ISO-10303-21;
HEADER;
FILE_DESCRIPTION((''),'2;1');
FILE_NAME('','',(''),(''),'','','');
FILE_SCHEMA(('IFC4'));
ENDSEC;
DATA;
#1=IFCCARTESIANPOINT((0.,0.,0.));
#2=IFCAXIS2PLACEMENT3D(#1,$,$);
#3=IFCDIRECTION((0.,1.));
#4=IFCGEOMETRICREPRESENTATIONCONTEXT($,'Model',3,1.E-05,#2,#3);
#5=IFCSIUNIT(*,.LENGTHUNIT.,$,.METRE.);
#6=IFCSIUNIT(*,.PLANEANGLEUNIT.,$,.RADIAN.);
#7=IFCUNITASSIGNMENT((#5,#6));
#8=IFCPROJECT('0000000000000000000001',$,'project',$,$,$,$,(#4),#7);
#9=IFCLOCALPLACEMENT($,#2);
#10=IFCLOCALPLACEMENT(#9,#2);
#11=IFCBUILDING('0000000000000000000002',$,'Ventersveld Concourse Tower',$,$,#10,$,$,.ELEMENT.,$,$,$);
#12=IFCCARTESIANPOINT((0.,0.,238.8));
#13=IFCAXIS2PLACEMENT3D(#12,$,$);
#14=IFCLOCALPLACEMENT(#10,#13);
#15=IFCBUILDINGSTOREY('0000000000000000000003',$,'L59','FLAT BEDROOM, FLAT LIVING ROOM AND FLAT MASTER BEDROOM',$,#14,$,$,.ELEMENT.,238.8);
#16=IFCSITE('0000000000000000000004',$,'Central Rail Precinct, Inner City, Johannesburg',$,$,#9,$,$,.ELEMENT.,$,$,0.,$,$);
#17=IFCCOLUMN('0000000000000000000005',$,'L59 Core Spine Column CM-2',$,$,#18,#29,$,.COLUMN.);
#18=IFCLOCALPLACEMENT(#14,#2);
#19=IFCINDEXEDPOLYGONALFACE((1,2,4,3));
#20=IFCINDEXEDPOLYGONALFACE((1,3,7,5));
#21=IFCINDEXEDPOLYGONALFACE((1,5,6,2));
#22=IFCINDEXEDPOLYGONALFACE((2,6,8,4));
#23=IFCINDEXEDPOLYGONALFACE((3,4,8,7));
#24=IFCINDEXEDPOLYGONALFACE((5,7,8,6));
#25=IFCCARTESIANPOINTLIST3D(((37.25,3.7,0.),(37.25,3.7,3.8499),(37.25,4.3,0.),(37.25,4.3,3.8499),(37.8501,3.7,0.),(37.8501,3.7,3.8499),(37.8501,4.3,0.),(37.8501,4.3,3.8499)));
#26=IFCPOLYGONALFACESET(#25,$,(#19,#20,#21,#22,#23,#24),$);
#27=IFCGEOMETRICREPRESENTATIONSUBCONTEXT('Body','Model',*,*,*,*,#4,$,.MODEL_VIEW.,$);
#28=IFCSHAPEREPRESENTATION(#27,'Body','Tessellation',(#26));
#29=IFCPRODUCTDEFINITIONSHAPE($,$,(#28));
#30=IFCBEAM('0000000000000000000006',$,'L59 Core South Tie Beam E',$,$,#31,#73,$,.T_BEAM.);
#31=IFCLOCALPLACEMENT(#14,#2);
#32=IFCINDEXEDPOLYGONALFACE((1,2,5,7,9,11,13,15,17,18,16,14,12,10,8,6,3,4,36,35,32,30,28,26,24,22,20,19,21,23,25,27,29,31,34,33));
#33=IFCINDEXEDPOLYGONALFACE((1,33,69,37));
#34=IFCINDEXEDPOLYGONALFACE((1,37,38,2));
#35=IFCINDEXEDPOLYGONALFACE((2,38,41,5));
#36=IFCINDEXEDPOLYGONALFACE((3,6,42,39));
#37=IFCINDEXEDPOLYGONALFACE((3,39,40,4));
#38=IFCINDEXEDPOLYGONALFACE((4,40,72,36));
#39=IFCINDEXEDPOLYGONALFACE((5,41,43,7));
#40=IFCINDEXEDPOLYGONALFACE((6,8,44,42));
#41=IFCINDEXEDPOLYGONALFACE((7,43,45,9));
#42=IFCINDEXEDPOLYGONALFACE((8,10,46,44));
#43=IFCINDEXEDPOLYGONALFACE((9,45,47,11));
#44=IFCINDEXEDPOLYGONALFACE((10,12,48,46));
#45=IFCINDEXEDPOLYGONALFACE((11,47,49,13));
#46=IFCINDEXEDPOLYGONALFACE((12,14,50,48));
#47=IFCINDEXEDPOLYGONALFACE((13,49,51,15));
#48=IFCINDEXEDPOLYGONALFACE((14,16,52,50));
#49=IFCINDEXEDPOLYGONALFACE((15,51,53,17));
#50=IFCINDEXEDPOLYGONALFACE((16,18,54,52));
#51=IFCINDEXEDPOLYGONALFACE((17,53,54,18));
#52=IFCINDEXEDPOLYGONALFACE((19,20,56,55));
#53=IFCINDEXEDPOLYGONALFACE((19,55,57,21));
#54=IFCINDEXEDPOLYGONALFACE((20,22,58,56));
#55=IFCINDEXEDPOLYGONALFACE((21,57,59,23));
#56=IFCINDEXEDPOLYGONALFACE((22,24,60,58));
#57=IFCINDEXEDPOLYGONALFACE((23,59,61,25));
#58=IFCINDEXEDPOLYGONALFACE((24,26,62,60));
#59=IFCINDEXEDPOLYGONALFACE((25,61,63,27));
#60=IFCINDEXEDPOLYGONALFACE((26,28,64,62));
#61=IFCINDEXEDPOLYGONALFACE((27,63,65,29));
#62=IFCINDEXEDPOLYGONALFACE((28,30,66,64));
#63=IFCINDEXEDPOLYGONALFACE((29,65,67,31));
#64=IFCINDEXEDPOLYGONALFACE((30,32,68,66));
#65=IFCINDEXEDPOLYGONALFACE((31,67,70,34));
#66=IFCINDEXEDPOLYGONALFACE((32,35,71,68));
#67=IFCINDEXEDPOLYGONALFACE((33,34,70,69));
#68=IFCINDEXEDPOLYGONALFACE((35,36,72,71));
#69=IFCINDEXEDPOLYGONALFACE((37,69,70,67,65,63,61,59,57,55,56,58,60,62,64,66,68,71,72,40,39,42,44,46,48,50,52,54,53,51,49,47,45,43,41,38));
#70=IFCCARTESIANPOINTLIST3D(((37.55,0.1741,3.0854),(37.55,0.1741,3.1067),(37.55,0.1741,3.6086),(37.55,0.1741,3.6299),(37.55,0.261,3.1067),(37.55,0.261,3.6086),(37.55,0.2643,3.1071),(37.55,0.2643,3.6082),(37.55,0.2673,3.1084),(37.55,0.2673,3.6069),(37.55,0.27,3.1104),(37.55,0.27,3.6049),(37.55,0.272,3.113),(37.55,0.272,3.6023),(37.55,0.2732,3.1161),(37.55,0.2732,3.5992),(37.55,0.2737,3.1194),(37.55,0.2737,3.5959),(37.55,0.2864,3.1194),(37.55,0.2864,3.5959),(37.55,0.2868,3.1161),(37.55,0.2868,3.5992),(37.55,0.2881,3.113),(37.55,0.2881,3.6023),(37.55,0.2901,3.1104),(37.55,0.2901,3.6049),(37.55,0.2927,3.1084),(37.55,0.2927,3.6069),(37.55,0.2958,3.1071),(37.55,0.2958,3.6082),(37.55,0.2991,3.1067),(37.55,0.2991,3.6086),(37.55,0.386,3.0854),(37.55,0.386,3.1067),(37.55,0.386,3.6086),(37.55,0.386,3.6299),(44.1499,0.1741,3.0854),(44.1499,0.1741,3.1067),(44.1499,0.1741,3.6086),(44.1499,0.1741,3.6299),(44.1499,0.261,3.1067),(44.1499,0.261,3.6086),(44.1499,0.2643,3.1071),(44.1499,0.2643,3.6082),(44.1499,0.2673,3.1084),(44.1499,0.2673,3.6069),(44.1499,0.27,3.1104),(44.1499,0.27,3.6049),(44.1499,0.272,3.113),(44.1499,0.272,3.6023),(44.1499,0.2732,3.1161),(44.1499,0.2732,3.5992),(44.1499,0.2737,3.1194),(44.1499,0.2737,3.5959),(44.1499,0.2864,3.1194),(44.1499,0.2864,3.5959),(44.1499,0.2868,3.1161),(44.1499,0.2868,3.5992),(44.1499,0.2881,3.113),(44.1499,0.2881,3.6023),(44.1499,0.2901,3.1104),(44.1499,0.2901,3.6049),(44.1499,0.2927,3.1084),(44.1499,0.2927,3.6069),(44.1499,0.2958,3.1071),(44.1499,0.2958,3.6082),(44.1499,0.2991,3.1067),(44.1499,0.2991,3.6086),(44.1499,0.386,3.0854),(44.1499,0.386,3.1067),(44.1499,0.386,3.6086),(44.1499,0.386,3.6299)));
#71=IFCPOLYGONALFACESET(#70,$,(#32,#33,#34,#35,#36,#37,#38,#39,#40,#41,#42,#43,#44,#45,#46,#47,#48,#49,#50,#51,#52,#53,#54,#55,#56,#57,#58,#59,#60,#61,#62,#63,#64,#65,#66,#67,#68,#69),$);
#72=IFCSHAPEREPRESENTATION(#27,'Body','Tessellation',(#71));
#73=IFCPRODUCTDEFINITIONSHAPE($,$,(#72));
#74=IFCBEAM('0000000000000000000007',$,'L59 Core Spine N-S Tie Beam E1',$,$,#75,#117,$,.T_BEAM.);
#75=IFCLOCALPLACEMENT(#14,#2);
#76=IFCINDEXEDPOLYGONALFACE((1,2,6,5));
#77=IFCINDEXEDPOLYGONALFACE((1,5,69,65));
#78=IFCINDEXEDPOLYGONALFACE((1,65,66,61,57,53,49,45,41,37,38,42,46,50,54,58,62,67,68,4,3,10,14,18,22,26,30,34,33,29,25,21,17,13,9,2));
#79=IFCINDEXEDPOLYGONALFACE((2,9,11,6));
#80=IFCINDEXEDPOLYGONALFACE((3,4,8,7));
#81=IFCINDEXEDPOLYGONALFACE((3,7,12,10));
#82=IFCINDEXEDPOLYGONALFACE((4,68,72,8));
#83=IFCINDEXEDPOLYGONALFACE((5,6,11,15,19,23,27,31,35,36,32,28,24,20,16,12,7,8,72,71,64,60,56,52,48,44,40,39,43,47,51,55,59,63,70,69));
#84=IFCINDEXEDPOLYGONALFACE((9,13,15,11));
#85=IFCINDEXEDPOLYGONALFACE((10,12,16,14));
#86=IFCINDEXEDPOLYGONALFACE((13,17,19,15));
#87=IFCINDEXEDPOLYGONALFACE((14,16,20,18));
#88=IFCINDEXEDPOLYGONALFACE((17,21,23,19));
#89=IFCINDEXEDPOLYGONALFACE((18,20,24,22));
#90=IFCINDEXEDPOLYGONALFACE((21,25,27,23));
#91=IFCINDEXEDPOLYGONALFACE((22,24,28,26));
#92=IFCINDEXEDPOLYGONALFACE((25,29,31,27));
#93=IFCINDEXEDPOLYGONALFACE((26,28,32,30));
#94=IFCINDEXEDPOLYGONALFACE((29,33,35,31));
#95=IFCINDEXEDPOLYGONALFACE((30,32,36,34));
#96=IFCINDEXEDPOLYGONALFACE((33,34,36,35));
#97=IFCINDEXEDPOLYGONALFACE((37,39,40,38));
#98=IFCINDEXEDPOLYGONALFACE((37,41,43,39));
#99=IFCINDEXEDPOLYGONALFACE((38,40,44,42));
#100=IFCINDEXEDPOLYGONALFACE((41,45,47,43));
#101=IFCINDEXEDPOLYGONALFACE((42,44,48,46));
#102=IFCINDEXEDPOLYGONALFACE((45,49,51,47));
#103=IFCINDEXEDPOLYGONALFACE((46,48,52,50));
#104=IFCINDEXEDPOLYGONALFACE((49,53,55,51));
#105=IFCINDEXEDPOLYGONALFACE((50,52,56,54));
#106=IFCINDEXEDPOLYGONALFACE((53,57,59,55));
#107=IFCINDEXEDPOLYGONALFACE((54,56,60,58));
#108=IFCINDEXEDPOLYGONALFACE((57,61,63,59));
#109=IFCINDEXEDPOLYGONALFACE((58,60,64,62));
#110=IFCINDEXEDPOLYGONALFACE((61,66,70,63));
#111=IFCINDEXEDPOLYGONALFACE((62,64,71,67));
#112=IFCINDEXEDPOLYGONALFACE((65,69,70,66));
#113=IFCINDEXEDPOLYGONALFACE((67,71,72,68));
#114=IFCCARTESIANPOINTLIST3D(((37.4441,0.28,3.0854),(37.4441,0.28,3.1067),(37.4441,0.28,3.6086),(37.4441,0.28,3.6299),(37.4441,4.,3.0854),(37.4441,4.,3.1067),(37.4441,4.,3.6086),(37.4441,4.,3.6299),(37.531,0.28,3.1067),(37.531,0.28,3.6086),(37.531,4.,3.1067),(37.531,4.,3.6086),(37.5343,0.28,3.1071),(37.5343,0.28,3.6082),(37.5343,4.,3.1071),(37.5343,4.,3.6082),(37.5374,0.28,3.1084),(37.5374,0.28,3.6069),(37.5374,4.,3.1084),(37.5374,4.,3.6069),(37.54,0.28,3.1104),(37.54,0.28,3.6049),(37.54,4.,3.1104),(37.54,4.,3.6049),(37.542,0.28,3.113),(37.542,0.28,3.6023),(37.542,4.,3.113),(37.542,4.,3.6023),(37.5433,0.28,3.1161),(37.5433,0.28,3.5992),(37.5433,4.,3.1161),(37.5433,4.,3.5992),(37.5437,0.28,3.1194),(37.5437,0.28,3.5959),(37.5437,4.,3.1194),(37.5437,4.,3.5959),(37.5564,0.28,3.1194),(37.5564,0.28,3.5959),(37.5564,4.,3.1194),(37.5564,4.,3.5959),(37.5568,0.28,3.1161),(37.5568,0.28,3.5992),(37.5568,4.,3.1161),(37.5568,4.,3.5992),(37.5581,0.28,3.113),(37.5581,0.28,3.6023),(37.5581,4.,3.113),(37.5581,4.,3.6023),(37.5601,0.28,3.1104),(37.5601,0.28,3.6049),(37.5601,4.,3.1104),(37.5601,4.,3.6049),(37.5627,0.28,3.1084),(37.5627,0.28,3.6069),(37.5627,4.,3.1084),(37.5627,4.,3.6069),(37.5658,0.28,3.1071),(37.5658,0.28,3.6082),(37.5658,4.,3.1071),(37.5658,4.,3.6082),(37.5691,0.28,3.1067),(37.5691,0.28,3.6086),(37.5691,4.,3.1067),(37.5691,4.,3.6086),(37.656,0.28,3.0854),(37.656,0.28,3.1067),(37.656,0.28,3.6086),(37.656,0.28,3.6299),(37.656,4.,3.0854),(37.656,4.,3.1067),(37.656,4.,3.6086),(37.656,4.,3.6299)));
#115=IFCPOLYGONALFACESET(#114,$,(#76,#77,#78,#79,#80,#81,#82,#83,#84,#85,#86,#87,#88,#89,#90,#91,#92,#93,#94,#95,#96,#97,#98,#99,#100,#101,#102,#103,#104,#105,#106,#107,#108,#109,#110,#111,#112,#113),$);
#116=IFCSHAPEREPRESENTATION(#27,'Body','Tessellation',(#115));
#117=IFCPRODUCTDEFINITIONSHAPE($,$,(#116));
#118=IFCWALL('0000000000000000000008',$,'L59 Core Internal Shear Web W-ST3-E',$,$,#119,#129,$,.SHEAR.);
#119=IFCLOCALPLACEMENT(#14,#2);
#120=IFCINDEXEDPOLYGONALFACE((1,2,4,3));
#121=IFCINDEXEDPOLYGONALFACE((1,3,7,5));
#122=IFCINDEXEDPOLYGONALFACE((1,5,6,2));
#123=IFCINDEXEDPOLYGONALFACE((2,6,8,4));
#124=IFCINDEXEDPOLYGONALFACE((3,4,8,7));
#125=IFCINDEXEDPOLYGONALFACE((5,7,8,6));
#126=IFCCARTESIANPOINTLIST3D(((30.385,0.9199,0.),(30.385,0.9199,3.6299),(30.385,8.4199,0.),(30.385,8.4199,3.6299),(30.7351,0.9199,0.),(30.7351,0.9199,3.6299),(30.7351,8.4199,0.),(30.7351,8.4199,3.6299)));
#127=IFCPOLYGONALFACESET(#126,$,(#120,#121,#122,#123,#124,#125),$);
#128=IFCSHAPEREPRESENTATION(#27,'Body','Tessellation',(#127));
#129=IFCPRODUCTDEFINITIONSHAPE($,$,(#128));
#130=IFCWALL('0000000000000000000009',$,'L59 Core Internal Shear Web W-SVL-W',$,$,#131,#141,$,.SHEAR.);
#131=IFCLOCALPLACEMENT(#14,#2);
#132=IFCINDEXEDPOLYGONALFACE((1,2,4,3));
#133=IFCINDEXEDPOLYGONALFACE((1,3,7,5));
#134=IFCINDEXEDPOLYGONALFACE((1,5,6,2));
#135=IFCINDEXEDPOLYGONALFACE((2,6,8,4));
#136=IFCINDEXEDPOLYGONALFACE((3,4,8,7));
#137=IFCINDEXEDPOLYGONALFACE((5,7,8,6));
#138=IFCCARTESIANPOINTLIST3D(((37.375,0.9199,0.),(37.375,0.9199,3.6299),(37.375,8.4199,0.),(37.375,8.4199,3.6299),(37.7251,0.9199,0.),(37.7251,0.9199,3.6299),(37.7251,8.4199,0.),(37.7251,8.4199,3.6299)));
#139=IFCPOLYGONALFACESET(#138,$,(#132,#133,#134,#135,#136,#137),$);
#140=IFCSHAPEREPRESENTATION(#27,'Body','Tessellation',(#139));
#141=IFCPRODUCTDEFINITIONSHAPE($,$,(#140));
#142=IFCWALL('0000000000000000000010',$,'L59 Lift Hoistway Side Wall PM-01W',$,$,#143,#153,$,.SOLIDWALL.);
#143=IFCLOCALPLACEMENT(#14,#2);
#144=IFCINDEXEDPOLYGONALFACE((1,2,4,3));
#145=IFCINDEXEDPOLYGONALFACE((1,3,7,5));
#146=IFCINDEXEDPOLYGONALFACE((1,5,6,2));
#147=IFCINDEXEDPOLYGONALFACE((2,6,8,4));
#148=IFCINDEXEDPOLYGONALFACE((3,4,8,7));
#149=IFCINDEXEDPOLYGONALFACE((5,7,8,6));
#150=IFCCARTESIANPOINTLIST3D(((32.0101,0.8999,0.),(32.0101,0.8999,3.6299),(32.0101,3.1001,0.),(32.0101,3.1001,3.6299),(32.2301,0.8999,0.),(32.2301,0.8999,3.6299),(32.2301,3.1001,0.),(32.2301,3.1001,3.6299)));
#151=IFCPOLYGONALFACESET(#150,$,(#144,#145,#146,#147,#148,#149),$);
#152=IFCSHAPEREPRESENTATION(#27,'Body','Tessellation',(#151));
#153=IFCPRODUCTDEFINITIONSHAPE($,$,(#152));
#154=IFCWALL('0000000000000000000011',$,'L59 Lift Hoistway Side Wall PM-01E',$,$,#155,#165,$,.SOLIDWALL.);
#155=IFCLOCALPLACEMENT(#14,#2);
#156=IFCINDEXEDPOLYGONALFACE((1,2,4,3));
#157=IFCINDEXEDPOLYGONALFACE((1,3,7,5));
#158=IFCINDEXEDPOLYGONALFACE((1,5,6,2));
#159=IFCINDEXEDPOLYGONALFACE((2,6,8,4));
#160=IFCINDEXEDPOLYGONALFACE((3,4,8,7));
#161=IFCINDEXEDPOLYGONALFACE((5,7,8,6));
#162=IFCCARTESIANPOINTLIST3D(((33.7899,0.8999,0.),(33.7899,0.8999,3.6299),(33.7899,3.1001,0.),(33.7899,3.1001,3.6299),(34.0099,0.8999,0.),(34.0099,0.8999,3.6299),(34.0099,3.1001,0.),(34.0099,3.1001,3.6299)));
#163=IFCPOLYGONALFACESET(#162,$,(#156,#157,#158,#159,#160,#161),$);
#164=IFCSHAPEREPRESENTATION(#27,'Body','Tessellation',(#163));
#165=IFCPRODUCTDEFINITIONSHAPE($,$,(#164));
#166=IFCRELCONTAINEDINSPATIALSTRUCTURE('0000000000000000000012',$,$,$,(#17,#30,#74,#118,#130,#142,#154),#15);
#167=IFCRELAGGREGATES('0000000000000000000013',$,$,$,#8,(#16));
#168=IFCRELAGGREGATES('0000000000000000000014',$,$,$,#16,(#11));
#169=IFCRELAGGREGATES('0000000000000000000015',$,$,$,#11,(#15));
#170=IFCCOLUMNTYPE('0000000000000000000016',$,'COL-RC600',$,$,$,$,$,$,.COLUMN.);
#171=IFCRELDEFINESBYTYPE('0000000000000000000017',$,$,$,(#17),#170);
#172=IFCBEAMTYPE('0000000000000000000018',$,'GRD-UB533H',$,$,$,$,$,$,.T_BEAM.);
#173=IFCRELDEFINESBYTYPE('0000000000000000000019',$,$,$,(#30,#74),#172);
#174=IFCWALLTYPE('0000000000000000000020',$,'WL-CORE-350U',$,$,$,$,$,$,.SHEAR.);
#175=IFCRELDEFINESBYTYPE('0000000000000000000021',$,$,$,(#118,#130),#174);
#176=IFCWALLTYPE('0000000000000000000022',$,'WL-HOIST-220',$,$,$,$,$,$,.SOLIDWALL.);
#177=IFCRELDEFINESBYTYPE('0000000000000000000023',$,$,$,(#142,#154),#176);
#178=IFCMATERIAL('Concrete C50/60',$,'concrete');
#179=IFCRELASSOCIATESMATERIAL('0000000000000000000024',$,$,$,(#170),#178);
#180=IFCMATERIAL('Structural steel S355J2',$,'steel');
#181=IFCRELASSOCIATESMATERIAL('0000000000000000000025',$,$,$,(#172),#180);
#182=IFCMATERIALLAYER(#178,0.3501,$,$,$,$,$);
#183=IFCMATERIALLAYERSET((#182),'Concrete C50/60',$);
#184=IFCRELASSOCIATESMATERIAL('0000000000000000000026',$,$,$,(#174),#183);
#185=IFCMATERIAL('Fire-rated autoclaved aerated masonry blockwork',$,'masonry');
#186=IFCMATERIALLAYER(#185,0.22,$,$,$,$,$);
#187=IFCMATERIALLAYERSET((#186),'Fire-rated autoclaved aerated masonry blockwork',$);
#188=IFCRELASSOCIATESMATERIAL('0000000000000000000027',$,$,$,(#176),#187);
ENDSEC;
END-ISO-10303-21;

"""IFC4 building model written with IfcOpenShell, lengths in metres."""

from ifc_helpers import new_model, si_unit, direction, frame, frame_2d, origin, origin_2d, place, context, subcontext, project, spatial, rectangle, i_section, extrude, material, layer, layer_set, material_profile, profile_set, type_object, element, save


model = new_model("IFC4")

# Units and contexts
model_context = context("Model", 3, precision=1e-05, world=origin(), true_north=direction((0.0, 1.0)))
body_context = subcontext(model_context, "Body", "Model", "MODEL_VIEW")
ifc_project = project(units=[si_unit("LENGTHUNIT", "METRE"), si_unit("PLANEANGLEUNIT", "RADIAN")], contexts=[model_context])

# Site, building, storey
site_placement = place(None, origin())
site = spatial("IfcSite", under=ifc_project, at=site_placement, Name="Central Rail Precinct, Inner City, Johannesburg", CompositionType="ELEMENT", RefElevation=0.0)
building_placement = place(site_placement, origin())
building = spatial("IfcBuilding", under=site, at=building_placement, Name="Ventersveld Concourse Tower", CompositionType="ELEMENT")
storey_placement = place(building_placement, frame((0.0, 0.0, 238.8)))
storey = spatial("IfcBuildingStorey", under=building, at=storey_placement, Name="L59", Description="FLAT BEDROOM, FLAT LIVING ROOM AND FLAT MASTER BEDROOM", CompositionType="ELEMENT", Elevation=238.8)

# Column
ifc_material_1 = material(Name="Concrete C50/60", Category="concrete")
ifc_material_profile_1 = material_profile(ifc_material_1, rectangle(XDim=0.6001, YDim=0.6001, at=origin_2d()), Name="RC 600x600")
ifc_profile_set_1 = profile_set([ifc_material_profile_1], Name="Concrete C50/60")
column_type = type_object("IfcColumnType", Name="COL-RC600", PredefinedType="COLUMN", material=ifc_profile_set_1)
column_placement = place(storey_placement, frame((37.55, 4.0, 0.0), z_axis=(0.0, 0.0, 1.0), x_axis=(1.0, 0.0, 0.0)))
element("IfcColumn", 1, at=column_placement, inside=storey, type_object=column_type, Name="L59 Core Spine Column CM-2", PredefinedType="COLUMN", context=body_context, shape_type="SweptSolid", body=[
    extrude(rectangle(XDim=0.6001, YDim=0.6001, at=origin_2d()), origin(), (0.0, 0.0, 1.0), 3.8499),
])

# Beams
ifc_material_2 = material(Name="Structural steel S355J2", Category="steel")
ifc_material_profile_2 = material_profile(ifc_material_2, i_section(OverallWidth=0.2119, OverallDepth=0.5444, WebThickness=0.0127, FlangeThickness=0.0212, FilletRadius=0.0127, at=origin_2d()), Name="UB 533x210x122")
ifc_profile_set_2 = profile_set([ifc_material_profile_2], Name="Structural steel S355J2")
beam_type = type_object("IfcBeamType", Name="GRD-UB533H", PredefinedType="T_BEAM", material=ifc_profile_set_2)
beam_1_placement = place(storey_placement, frame((37.55, 0.28, 3.3577), z_axis=(1.0, 0.0, 0.0), x_axis=(0.0, 1.0, 0.0)))
element("IfcBeam", 2, at=beam_1_placement, inside=storey, type_object=beam_type, Name="L59 Core South Tie Beam E", PredefinedType="T_BEAM", context=body_context, shape_type="SweptSolid", body=[
    extrude(i_section(OverallWidth=0.2119, OverallDepth=0.5444, WebThickness=0.0127, FlangeThickness=0.0212, FilletRadius=0.0127, at=origin_2d()), origin(), (0.0, 0.0, 1.0), 6.5999),
])
beam_2_placement = place(storey_placement, frame((37.55, 0.28, 3.3577), z_axis=(0.0, 1.0, 0.0), x_axis=(-1.0, 0.0, 0.0)))
element("IfcBeam", 3, at=beam_2_placement, inside=storey, type_object=beam_type, Name="L59 Core Spine N-S Tie Beam E1", PredefinedType="T_BEAM", context=body_context, shape_type="SweptSolid", body=[
    extrude(i_section(OverallWidth=0.2119, OverallDepth=0.5444, WebThickness=0.0127, FlangeThickness=0.0212, FilletRadius=0.0127, at=origin_2d()), origin(), (0.0, 0.0, 1.0), 3.72),
])

# Walls
ifc_layer_1 = layer(ifc_material_1, 0.3501)
ifc_layer_set_1 = layer_set([ifc_layer_1], Name="Concrete C50/60")
wall_type_1 = type_object("IfcWallType", Name="WL-CORE-350U", PredefinedType="SHEAR", material=ifc_layer_set_1)
for number, where, z_axis, x_axis, name in (
    (4, (30.5601, 0.9199, 0.0), (0.0, 0.0, 1.0), (0.0, 1.0, 0.0), "L59 Core Internal Shear Web W-ST3-E"),
    (5, (37.55, 0.9199, 0.0), (0.0, 0.0, 1.0), (0.0, 1.0, 0.0), "L59 Core Internal Shear Web W-SVL-W"),
):
    element("IfcWall", number, at=place(storey_placement, frame(where, z_axis=z_axis, x_axis=x_axis)), inside=storey, type_object=wall_type_1, Name=name, PredefinedType="SHEAR", context=body_context, shape_type="SweptSolid", body=[
        extrude(rectangle(XDim=7.5, YDim=0.3501, at=frame_2d((3.75, 0.0))), origin(), (0.0, 0.0, 1.0), 3.6299),
    ])
ifc_material_3 = material(Name="Fire-rated autoclaved aerated masonry blockwork", Category="masonry")
ifc_layer_2 = layer(ifc_material_3, 0.22)
ifc_layer_set_2 = layer_set([ifc_layer_2], Name="Fire-rated autoclaved aerated masonry blockwork")
wall_type_2 = type_object("IfcWallType", Name="WL-HOIST-220", PredefinedType="SOLIDWALL", material=ifc_layer_set_2)
for number, where, z_axis, x_axis, name in (
    (6, (32.1201, 0.8999, 0.0), (0.0, 0.0, 1.0), (0.0, 1.0, 0.0), "L59 Lift Hoistway Side Wall PM-01W"),
    (7, (33.8999, 0.8999, 0.0), (0.0, 0.0, 1.0), (0.0, 1.0, 0.0), "L59 Lift Hoistway Side Wall PM-01E"),
):
    element("IfcWall", number, at=place(storey_placement, frame(where, z_axis=z_axis, x_axis=x_axis)), inside=storey, type_object=wall_type_2, Name=name, PredefinedType="SOLIDWALL", context=body_context, shape_type="SweptSolid", body=[
        extrude(rectangle(XDim=2.2002, YDim=0.22, at=frame_2d((1.1001, 0.0))), origin(), (0.0, 0.0, 1.0), 3.6299),
    ])

save(model, "model.ifc")
